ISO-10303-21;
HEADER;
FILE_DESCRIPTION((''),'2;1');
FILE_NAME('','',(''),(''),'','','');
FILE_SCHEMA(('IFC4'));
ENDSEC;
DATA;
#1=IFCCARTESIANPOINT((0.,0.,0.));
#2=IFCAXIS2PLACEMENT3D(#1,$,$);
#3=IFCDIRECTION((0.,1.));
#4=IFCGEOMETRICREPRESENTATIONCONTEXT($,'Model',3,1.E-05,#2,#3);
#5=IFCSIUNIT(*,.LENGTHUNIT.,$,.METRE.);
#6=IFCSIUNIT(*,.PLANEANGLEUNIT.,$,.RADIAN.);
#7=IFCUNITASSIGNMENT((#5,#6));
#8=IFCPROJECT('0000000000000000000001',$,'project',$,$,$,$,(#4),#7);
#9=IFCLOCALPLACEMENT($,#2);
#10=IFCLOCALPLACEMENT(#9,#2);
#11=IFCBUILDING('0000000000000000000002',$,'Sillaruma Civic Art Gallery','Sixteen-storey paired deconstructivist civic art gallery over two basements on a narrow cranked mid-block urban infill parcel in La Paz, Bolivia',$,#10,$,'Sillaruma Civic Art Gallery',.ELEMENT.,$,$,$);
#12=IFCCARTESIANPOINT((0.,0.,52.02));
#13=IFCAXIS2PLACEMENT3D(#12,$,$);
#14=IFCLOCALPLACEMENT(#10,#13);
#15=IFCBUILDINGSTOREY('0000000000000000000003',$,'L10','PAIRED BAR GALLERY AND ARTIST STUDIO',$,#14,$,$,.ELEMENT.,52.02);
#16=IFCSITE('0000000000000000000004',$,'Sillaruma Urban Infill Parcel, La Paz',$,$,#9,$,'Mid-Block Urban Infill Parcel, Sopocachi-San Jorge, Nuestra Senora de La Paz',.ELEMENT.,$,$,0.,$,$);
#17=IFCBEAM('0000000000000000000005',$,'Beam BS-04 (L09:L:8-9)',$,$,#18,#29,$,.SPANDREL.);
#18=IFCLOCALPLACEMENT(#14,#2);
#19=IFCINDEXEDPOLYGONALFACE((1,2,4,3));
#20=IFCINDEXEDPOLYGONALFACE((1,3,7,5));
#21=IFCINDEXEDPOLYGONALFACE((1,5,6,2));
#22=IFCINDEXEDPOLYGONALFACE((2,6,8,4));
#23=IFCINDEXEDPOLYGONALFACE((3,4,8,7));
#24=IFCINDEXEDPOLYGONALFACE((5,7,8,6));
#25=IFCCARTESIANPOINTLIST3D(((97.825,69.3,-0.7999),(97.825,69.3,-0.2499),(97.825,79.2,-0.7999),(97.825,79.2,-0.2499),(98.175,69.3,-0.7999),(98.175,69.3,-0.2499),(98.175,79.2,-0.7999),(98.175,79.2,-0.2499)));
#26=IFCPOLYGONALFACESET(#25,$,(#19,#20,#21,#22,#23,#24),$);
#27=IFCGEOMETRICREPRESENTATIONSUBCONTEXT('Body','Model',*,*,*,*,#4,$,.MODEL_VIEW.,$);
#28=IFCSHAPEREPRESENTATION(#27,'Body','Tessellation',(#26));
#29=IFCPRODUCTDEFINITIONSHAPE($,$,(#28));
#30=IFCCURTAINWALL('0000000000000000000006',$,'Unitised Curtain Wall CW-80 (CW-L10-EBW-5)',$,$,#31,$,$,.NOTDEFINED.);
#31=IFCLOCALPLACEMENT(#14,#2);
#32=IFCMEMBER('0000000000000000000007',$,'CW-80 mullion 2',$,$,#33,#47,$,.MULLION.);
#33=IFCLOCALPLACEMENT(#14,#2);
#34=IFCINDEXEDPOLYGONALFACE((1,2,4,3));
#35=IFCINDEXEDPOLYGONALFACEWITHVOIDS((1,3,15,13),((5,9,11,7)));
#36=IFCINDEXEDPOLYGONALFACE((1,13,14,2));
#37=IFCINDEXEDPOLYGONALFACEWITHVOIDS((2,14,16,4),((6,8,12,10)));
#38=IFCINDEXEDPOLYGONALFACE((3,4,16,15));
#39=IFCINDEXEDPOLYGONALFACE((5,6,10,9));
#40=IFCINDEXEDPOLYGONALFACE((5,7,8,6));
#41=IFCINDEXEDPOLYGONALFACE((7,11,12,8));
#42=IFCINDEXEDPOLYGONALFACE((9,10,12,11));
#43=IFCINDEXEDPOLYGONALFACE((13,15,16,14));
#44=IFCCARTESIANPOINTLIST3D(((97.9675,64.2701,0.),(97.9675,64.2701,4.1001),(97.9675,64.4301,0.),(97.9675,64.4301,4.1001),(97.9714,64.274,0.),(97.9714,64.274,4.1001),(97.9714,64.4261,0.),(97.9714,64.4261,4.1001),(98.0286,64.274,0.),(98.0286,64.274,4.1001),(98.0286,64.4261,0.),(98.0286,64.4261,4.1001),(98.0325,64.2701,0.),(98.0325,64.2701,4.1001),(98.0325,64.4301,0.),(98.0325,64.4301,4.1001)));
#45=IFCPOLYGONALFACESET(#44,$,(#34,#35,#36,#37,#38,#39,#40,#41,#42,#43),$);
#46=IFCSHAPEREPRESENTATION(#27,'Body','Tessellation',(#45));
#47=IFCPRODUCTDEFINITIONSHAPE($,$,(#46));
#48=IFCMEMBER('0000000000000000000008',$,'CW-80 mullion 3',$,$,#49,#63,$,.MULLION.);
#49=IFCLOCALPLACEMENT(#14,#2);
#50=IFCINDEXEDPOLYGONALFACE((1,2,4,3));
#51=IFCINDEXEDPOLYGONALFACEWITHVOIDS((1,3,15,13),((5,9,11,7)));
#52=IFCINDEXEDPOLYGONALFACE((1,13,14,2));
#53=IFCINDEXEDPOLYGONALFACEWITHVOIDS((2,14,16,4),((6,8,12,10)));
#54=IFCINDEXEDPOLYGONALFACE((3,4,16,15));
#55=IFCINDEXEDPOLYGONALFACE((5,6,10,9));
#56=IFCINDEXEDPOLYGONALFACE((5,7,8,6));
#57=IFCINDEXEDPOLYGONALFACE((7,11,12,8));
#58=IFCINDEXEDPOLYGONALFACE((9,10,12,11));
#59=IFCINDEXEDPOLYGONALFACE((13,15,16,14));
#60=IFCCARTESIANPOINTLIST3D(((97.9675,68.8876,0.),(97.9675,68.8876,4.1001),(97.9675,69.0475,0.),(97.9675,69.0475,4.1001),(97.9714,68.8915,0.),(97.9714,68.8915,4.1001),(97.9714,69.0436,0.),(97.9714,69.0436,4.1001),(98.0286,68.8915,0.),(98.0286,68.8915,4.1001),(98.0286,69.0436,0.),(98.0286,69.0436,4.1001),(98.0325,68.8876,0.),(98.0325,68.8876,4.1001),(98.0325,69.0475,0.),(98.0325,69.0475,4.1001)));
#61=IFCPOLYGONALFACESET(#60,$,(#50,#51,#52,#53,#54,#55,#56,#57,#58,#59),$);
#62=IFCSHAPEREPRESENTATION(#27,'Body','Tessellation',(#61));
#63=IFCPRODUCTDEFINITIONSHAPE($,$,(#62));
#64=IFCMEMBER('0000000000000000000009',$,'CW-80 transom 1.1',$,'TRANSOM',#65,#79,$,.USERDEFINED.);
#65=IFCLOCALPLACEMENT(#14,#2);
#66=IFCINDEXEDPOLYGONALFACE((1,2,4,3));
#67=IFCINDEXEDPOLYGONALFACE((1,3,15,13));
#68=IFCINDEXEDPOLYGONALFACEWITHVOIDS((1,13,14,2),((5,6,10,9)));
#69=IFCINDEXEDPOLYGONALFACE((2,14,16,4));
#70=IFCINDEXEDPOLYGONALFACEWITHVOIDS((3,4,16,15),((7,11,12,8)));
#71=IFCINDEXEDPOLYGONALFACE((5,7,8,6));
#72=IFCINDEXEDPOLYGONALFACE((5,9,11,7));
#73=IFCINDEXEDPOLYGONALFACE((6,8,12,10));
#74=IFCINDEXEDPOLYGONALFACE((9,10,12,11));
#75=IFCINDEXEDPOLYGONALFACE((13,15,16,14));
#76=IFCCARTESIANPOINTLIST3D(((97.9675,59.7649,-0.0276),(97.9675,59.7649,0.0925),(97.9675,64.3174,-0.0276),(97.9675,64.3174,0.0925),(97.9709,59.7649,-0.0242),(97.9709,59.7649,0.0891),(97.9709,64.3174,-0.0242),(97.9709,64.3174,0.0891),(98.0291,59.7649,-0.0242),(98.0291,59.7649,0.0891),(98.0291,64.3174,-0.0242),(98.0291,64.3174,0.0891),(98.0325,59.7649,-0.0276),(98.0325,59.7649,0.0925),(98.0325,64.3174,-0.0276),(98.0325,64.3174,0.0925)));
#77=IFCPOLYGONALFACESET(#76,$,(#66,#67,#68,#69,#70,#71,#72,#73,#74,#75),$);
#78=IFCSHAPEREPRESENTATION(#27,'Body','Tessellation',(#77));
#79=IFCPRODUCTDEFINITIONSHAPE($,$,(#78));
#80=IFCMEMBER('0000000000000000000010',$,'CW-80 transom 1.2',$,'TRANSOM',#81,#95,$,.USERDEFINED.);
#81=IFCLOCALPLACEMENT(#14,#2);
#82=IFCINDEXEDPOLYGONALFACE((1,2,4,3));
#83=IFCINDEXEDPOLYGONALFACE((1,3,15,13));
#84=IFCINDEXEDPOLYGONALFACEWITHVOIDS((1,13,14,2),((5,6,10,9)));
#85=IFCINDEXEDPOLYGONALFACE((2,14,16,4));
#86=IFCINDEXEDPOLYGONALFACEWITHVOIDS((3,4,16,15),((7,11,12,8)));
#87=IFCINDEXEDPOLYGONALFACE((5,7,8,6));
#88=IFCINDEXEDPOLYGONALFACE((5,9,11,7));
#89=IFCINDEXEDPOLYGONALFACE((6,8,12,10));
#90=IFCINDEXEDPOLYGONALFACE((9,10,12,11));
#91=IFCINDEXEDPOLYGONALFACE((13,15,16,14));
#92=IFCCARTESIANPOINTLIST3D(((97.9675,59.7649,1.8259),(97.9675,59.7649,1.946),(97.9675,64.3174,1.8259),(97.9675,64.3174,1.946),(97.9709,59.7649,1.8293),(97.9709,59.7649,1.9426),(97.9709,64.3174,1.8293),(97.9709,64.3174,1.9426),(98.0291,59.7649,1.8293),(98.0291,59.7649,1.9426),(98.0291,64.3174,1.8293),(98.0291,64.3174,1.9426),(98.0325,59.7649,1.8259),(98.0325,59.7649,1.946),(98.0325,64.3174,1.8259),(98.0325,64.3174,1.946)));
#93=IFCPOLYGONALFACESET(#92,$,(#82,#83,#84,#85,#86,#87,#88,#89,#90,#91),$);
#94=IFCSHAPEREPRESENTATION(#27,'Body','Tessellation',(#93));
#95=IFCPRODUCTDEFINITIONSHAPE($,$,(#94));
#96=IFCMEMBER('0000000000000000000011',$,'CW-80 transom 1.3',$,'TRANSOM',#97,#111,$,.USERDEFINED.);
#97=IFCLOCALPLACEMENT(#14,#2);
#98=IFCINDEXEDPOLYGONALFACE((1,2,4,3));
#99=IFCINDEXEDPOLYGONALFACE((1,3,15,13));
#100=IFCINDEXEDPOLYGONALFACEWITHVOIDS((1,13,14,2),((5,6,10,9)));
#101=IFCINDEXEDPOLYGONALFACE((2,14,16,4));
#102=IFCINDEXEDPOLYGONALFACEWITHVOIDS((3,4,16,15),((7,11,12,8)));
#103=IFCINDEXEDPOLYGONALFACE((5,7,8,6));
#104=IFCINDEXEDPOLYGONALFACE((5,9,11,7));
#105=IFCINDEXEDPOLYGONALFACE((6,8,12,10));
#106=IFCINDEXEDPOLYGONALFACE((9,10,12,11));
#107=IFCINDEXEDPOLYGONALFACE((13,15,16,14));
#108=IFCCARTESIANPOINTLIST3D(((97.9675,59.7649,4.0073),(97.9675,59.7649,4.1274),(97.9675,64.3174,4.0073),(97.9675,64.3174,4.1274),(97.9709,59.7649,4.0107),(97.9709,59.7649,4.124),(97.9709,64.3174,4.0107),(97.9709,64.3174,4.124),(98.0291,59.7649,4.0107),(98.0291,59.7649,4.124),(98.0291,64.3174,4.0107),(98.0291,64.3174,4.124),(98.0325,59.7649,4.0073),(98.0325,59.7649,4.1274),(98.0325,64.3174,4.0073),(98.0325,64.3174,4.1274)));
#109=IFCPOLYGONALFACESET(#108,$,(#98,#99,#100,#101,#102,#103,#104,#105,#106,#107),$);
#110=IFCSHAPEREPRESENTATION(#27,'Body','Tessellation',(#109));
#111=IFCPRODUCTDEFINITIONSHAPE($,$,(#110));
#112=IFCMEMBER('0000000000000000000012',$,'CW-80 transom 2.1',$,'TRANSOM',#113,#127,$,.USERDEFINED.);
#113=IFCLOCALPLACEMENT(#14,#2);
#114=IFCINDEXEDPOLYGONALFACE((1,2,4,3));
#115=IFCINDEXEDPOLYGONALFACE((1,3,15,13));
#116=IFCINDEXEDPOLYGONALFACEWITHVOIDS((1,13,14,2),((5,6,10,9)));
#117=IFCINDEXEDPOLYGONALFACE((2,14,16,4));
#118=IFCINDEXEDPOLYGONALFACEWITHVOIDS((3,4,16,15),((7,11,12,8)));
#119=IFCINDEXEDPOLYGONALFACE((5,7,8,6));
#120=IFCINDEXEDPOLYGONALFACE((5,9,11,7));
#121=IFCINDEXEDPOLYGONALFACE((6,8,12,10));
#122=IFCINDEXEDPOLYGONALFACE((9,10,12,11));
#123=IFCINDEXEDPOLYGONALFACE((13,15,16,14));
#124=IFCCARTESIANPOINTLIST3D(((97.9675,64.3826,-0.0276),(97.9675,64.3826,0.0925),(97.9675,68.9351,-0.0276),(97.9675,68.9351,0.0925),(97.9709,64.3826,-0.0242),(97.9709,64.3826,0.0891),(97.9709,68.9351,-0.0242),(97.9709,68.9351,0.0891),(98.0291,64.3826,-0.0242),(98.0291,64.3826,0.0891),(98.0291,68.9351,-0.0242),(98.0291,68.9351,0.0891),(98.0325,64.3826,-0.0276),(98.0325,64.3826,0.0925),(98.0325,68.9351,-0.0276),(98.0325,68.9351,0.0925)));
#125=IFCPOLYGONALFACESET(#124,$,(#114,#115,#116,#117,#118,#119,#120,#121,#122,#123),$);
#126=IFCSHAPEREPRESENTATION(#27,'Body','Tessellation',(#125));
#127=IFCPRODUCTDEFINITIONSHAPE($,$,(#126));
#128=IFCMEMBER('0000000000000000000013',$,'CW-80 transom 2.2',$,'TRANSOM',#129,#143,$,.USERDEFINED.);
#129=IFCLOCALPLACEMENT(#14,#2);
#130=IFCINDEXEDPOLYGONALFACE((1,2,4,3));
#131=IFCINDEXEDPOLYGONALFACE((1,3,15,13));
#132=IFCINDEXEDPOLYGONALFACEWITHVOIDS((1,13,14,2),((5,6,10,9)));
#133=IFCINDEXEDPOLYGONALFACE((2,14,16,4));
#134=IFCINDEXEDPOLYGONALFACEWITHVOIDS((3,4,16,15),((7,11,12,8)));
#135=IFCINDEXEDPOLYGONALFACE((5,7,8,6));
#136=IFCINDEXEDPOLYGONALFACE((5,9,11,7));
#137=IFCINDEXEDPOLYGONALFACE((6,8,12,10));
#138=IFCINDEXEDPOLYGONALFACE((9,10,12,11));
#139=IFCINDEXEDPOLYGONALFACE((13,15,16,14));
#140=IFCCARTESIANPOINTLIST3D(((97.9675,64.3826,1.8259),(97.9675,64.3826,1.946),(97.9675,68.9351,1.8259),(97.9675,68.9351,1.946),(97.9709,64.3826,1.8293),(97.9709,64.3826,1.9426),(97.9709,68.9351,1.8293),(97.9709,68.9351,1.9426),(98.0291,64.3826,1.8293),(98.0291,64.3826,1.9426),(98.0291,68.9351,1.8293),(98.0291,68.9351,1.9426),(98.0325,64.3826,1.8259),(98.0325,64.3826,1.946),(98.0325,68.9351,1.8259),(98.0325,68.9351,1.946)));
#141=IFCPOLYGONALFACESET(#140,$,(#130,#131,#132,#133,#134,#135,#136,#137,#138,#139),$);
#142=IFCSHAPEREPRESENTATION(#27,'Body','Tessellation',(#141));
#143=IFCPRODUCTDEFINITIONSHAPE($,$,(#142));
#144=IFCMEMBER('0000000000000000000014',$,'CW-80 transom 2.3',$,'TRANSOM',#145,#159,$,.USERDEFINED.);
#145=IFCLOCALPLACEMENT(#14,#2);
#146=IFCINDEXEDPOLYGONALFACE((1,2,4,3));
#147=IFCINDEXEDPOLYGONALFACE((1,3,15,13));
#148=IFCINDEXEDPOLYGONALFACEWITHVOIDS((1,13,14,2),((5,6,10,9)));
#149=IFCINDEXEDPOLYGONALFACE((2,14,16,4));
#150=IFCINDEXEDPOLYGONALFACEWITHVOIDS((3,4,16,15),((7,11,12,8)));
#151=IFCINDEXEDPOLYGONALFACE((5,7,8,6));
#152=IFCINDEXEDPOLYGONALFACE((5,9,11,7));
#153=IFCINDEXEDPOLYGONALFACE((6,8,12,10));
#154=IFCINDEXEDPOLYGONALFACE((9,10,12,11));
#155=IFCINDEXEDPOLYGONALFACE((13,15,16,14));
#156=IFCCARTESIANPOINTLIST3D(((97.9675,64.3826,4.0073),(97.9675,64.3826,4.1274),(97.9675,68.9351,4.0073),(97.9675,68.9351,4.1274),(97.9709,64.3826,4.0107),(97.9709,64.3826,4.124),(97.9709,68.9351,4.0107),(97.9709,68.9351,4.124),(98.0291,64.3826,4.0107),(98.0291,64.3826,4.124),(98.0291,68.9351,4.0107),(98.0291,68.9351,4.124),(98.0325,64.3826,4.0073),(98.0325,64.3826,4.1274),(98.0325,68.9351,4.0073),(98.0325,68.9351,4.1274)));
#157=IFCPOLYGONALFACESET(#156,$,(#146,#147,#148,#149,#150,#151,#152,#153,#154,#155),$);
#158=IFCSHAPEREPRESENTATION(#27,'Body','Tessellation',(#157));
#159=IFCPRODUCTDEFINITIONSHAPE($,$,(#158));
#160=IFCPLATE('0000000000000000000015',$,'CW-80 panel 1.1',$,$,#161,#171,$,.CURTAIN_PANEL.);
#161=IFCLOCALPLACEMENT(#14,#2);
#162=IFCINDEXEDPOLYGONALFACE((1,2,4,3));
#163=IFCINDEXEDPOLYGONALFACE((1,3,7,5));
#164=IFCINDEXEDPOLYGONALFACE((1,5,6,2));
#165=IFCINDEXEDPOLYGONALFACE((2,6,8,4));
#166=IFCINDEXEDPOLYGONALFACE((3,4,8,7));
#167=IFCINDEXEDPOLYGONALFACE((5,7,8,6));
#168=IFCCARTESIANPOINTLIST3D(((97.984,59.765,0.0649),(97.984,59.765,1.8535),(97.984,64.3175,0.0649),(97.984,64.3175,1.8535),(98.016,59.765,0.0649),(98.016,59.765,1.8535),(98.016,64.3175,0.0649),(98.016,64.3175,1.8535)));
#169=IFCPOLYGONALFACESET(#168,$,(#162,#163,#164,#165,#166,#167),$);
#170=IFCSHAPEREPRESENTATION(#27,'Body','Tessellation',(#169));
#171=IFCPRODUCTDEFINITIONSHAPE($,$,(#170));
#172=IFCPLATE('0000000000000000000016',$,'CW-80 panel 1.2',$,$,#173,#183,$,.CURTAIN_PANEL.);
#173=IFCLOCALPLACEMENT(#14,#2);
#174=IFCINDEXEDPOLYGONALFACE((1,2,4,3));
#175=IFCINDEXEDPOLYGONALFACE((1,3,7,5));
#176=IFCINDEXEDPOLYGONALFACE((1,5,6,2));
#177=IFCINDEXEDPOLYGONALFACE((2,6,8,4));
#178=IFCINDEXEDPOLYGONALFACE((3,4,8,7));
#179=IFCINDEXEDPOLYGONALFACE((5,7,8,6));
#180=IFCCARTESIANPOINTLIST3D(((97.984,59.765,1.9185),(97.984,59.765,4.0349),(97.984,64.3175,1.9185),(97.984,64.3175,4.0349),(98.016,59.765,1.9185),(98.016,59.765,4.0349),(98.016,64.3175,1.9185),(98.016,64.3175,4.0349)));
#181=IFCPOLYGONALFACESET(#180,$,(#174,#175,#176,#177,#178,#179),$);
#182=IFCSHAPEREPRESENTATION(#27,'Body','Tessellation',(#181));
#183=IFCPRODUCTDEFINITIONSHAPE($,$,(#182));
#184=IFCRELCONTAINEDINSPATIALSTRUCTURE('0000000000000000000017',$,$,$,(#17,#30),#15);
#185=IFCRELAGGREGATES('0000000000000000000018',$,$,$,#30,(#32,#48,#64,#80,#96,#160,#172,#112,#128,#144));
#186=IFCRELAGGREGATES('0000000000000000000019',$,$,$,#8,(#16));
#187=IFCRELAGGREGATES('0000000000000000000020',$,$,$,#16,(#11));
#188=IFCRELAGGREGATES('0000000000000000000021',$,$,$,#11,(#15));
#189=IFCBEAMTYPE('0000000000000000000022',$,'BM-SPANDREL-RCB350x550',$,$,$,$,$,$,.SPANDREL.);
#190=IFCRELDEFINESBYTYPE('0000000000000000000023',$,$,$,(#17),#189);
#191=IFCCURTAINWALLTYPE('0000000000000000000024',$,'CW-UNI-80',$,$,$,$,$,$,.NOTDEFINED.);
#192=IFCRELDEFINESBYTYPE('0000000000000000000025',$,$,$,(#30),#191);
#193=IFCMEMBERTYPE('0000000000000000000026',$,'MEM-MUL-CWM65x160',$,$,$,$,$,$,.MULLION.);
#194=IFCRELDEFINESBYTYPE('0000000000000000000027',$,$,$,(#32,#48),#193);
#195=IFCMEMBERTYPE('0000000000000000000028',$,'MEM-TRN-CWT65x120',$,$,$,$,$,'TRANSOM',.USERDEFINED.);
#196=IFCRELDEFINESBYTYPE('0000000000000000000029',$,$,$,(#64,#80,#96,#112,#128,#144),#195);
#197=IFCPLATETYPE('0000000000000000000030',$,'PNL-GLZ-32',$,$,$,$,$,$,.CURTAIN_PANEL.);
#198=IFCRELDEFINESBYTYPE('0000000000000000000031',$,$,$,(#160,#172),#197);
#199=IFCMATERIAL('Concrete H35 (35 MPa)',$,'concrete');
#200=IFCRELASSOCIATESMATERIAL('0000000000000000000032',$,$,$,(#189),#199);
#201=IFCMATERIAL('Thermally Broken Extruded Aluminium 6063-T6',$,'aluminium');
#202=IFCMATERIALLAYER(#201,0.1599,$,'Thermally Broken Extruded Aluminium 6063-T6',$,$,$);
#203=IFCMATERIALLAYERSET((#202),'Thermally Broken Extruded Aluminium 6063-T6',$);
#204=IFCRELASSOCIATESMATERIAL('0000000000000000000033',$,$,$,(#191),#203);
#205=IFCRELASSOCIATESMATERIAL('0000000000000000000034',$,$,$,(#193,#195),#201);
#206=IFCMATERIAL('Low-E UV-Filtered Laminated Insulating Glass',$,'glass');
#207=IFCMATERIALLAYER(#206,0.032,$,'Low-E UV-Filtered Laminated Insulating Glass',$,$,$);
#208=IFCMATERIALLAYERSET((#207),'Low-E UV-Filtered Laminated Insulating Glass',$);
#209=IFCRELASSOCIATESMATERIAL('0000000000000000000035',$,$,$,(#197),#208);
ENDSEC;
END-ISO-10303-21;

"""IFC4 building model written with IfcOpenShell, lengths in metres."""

from ifc_helpers import new_model, si_unit, direction, frame, origin, origin_2d, place, context, subcontext, project, spatial, rectangle, hollow_rectangle, extrude, material, layer, layer_set, material_profile, profile_set, type_object, element, aggregate, save


model = new_model("IFC4")

# Units and contexts
model_context = context("Model", 3, precision=1e-05, world=origin(), true_north=direction((0.0, 1.0)))
body_context = subcontext(model_context, "Body", "Model", "MODEL_VIEW")
ifc_project = project(units=[si_unit("LENGTHUNIT", "METRE"), si_unit("PLANEANGLEUNIT", "RADIAN")], contexts=[model_context])

# Site, building, storey
site_placement = place(None, origin())
site = spatial("IfcSite", under=ifc_project, at=site_placement, Name="Sillaruma Urban Infill Parcel, La Paz", LongName="Mid-Block Urban Infill Parcel, Sopocachi-San Jorge, Nuestra Senora de La Paz", CompositionType="ELEMENT", RefElevation=0.0)
building_placement = place(site_placement, origin())
building = spatial("IfcBuilding", under=site, at=building_placement, Name="Sillaruma Civic Art Gallery", Description="Sixteen-storey paired deconstructivist civic art gallery over two basements on a narrow cranked mid-block urban infill parcel in La Paz, Bolivia", LongName="Sillaruma Civic Art Gallery", CompositionType="ELEMENT")
storey_placement = place(building_placement, frame((0.0, 0.0, 52.02)))
storey = spatial("IfcBuildingStorey", under=building, at=storey_placement, Name="L10", Description="PAIRED BAR GALLERY AND ARTIST STUDIO", CompositionType="ELEMENT", Elevation=52.02)

# Beam
ifc_material_1 = material(Name="Concrete H35 (35 MPa)", Category="concrete")
ifc_material_profile_1 = material_profile(ifc_material_1, rectangle(XDim=0.3501, YDim=0.55, at=origin_2d()), Name="RCB350x550")
ifc_profile_set_1 = profile_set([ifc_material_profile_1], Name="Concrete H35 (35 MPa)")
beam_type_1 = type_object("IfcBeamType", Name="BM-SPANDREL-RCB350x550", PredefinedType="SPANDREL", material=ifc_profile_set_1)
beam_placement = place(storey_placement, frame((98.0, 69.3, -0.5249), z_axis=(0.0, 1.0, 0.0), x_axis=(-1.0, 0.0, 0.0)))
element("IfcBeam", 1, at=beam_placement, inside=storey, type_object=beam_type_1, Name="Beam BS-04 (L09:L:8-9)", PredefinedType="SPANDREL", context=body_context, shape_type="SweptSolid", body=[
    extrude(rectangle(XDim=0.3501, YDim=0.55, at=origin_2d()), origin(), (0.0, 0.0, 1.0), 9.8999),
])

# Curtain wall, members, plates
ifc_material_2 = material(Name="Thermally Broken Extruded Aluminium 6063-T6", Category="aluminium")
ifc_layer_1 = layer(ifc_material_2, 0.1599, Name="Thermally Broken Extruded Aluminium 6063-T6")
ifc_layer_set_1 = layer_set([ifc_layer_1], Name="Thermally Broken Extruded Aluminium 6063-T6")
curtain_wall_type = type_object("IfcCurtainWallType", Name="CW-UNI-80", PredefinedType="NOTDEFINED", material=ifc_layer_set_1)
curtain_wall_placement = place(storey_placement, origin())
curtain_wall = element("IfcCurtainWall", 2, at=curtain_wall_placement, inside=storey, type_object=curtain_wall_type, Name="Unitised Curtain Wall CW-80 (CW-L10-EBW-5)", PredefinedType="NOTDEFINED")
ifc_material_profile_2 = material_profile(ifc_material_2, hollow_rectangle(XDim=0.0649, YDim=0.1599, WallThickness=0.0039, at=origin_2d()), Name="CWM65x160")
ifc_profile_set_2 = profile_set([ifc_material_profile_2], Name="Thermally Broken Extruded Aluminium 6063-T6")
member_type_1 = type_object("IfcMemberType", Name="MEM-MUL-CWM65x160", PredefinedType="MULLION", material=ifc_profile_set_2)
member_1_placement = place(storey_placement, frame((98.0, 64.3501, 0.0), z_axis=(0.0, 0.0, 1.0), x_axis=(-1.0, 0.0, 0.0)))
member_1 = element("IfcMember", 3, at=member_1_placement, type_object=member_type_1, Name="CW-80 mullion 2", PredefinedType="MULLION", context=body_context, shape_type="SweptSolid", body=[
    extrude(hollow_rectangle(XDim=0.0649, YDim=0.1599, WallThickness=0.0039, at=origin_2d()), origin(), (0.0, 0.0, 1.0), 4.1001),
])
member_2_placement = place(storey_placement, frame((98.0, 68.9675, 0.0), z_axis=(0.0, 0.0, 1.0), x_axis=(-1.0, 0.0, 0.0)))
member_2 = element("IfcMember", 4, at=member_2_placement, type_object=member_type_1, Name="CW-80 mullion 3", PredefinedType="MULLION", context=body_context, shape_type="SweptSolid", body=[
    extrude(hollow_rectangle(XDim=0.0649, YDim=0.1599, WallThickness=0.0039, at=origin_2d()), origin(), (0.0, 0.0, 1.0), 4.1001),
])
ifc_material_profile_3 = material_profile(ifc_material_2, hollow_rectangle(XDim=0.0649, YDim=0.1201, WallThickness=0.0034, at=origin_2d()), Name="CWT65x120")
ifc_profile_set_3 = profile_set([ifc_material_profile_3], Name="Thermally Broken Extruded Aluminium 6063-T6")
member_type_2 = type_object("IfcMemberType", Name="MEM-TRN-CWT65x120", ElementType="TRANSOM", PredefinedType="USERDEFINED", material=ifc_profile_set_3)
member_3_placement = place(storey_placement, frame((98.0, 59.7649, 0.0325), z_axis=(0.0, 1.0, 0.0), x_axis=(-1.0, 0.0, 0.0)))
member_3 = element("IfcMember", 5, at=member_3_placement, type_object=member_type_2, Name="CW-80 transom 1.1", ObjectType="TRANSOM", PredefinedType="USERDEFINED", context=body_context, shape_type="SweptSolid", body=[
    extrude(hollow_rectangle(XDim=0.0649, YDim=0.1201, WallThickness=0.0034, at=origin_2d()), origin(), (0.0, 0.0, 1.0), 4.5525),
])
member_4_placement = place(storey_placement, frame((98.0, 59.7649, 1.886), z_axis=(0.0, 1.0, 0.0), x_axis=(-1.0, 0.0, 0.0)))
member_4 = element("IfcMember", 6, at=member_4_placement, type_object=member_type_2, Name="CW-80 transom 1.2", ObjectType="TRANSOM", PredefinedType="USERDEFINED", context=body_context, shape_type="SweptSolid", body=[
    extrude(hollow_rectangle(XDim=0.0649, YDim=0.1201, WallThickness=0.0034, at=origin_2d()), origin(), (0.0, 0.0, 1.0), 4.5525),
])
member_5_placement = place(storey_placement, frame((98.0, 59.7649, 4.0674), z_axis=(0.0, 1.0, 0.0), x_axis=(-1.0, 0.0, 0.0)))
member_5 = element("IfcMember", 7, at=member_5_placement, type_object=member_type_2, Name="CW-80 transom 1.3", ObjectType="TRANSOM", PredefinedType="USERDEFINED", context=body_context, shape_type="SweptSolid", body=[
    extrude(hollow_rectangle(XDim=0.0649, YDim=0.1201, WallThickness=0.0034, at=origin_2d()), origin(), (0.0, 0.0, 1.0), 4.5525),
])
member_6_placement = place(storey_placement, frame((98.0, 64.3826, 0.0325), z_axis=(0.0, 1.0, 0.0), x_axis=(-1.0, 0.0, 0.0)))
member_6 = element("IfcMember", 8, at=member_6_placement, type_object=member_type_2, Name="CW-80 transom 2.1", ObjectType="TRANSOM", PredefinedType="USERDEFINED", context=body_context, shape_type="SweptSolid", body=[
    extrude(hollow_rectangle(XDim=0.0649, YDim=0.1201, WallThickness=0.0034, at=origin_2d()), origin(), (0.0, 0.0, 1.0), 4.5525),
])
member_7_placement = place(storey_placement, frame((98.0, 64.3826, 1.886), z_axis=(0.0, 1.0, 0.0), x_axis=(-1.0, 0.0, 0.0)))
member_7 = element("IfcMember", 9, at=member_7_placement, type_object=member_type_2, Name="CW-80 transom 2.2", ObjectType="TRANSOM", PredefinedType="USERDEFINED", context=body_context, shape_type="SweptSolid", body=[
    extrude(hollow_rectangle(XDim=0.0649, YDim=0.1201, WallThickness=0.0034, at=origin_2d()), origin(), (0.0, 0.0, 1.0), 4.5525),
])
member_8_placement = place(storey_placement, frame((98.0, 64.3826, 4.0674), z_axis=(0.0, 1.0, 0.0), x_axis=(-1.0, 0.0, 0.0)))
member_8 = element("IfcMember", 10, at=member_8_placement, type_object=member_type_2, Name="CW-80 transom 2.3", ObjectType="TRANSOM", PredefinedType="USERDEFINED", context=body_context, shape_type="SweptSolid", body=[
    extrude(hollow_rectangle(XDim=0.0649, YDim=0.1201, WallThickness=0.0034, at=origin_2d()), origin(), (0.0, 0.0, 1.0), 4.5525),
])
ifc_material_3 = material(Name="Low-E UV-Filtered Laminated Insulating Glass", Category="glass")
ifc_layer_2 = layer(ifc_material_3, 0.032, Name="Low-E UV-Filtered Laminated Insulating Glass")
ifc_layer_set_2 = layer_set([ifc_layer_2], Name="Low-E UV-Filtered Laminated Insulating Glass")
plate_type = type_object("IfcPlateType", Name="PNL-GLZ-32", PredefinedType="CURTAIN_PANEL", material=ifc_layer_set_2)
plate_1_placement = place(storey_placement, frame((98.0, 62.0413, 0.0649), z_axis=(0.0, 0.0, 1.0), x_axis=(0.0, 1.0, 0.0)))
plate_1 = element("IfcPlate", 11, at=plate_1_placement, type_object=plate_type, Name="CW-80 panel 1.1", PredefinedType="CURTAIN_PANEL", context=body_context, shape_type="SweptSolid", body=[
    extrude(rectangle(XDim=4.5525, YDim=0.032, at=origin_2d()), origin(), (0.0, 0.0, 1.0), 1.7886),
])
plate_2_placement = place(storey_placement, frame((98.0, 62.0413, 1.9185), z_axis=(0.0, 0.0, 1.0), x_axis=(0.0, 1.0, 0.0)))
plate_2 = element("IfcPlate", 12, at=plate_2_placement, type_object=plate_type, Name="CW-80 panel 1.2", PredefinedType="CURTAIN_PANEL", context=body_context, shape_type="SweptSolid", body=[
    extrude(rectangle(XDim=4.5525, YDim=0.032, at=origin_2d()), origin(), (0.0, 0.0, 1.0), 2.1165),
])
aggregate(curtain_wall, [member_1, member_2, member_3, member_4, member_5, plate_1, plate_2, member_6, member_7, member_8])

save(model, "model.ifc")
